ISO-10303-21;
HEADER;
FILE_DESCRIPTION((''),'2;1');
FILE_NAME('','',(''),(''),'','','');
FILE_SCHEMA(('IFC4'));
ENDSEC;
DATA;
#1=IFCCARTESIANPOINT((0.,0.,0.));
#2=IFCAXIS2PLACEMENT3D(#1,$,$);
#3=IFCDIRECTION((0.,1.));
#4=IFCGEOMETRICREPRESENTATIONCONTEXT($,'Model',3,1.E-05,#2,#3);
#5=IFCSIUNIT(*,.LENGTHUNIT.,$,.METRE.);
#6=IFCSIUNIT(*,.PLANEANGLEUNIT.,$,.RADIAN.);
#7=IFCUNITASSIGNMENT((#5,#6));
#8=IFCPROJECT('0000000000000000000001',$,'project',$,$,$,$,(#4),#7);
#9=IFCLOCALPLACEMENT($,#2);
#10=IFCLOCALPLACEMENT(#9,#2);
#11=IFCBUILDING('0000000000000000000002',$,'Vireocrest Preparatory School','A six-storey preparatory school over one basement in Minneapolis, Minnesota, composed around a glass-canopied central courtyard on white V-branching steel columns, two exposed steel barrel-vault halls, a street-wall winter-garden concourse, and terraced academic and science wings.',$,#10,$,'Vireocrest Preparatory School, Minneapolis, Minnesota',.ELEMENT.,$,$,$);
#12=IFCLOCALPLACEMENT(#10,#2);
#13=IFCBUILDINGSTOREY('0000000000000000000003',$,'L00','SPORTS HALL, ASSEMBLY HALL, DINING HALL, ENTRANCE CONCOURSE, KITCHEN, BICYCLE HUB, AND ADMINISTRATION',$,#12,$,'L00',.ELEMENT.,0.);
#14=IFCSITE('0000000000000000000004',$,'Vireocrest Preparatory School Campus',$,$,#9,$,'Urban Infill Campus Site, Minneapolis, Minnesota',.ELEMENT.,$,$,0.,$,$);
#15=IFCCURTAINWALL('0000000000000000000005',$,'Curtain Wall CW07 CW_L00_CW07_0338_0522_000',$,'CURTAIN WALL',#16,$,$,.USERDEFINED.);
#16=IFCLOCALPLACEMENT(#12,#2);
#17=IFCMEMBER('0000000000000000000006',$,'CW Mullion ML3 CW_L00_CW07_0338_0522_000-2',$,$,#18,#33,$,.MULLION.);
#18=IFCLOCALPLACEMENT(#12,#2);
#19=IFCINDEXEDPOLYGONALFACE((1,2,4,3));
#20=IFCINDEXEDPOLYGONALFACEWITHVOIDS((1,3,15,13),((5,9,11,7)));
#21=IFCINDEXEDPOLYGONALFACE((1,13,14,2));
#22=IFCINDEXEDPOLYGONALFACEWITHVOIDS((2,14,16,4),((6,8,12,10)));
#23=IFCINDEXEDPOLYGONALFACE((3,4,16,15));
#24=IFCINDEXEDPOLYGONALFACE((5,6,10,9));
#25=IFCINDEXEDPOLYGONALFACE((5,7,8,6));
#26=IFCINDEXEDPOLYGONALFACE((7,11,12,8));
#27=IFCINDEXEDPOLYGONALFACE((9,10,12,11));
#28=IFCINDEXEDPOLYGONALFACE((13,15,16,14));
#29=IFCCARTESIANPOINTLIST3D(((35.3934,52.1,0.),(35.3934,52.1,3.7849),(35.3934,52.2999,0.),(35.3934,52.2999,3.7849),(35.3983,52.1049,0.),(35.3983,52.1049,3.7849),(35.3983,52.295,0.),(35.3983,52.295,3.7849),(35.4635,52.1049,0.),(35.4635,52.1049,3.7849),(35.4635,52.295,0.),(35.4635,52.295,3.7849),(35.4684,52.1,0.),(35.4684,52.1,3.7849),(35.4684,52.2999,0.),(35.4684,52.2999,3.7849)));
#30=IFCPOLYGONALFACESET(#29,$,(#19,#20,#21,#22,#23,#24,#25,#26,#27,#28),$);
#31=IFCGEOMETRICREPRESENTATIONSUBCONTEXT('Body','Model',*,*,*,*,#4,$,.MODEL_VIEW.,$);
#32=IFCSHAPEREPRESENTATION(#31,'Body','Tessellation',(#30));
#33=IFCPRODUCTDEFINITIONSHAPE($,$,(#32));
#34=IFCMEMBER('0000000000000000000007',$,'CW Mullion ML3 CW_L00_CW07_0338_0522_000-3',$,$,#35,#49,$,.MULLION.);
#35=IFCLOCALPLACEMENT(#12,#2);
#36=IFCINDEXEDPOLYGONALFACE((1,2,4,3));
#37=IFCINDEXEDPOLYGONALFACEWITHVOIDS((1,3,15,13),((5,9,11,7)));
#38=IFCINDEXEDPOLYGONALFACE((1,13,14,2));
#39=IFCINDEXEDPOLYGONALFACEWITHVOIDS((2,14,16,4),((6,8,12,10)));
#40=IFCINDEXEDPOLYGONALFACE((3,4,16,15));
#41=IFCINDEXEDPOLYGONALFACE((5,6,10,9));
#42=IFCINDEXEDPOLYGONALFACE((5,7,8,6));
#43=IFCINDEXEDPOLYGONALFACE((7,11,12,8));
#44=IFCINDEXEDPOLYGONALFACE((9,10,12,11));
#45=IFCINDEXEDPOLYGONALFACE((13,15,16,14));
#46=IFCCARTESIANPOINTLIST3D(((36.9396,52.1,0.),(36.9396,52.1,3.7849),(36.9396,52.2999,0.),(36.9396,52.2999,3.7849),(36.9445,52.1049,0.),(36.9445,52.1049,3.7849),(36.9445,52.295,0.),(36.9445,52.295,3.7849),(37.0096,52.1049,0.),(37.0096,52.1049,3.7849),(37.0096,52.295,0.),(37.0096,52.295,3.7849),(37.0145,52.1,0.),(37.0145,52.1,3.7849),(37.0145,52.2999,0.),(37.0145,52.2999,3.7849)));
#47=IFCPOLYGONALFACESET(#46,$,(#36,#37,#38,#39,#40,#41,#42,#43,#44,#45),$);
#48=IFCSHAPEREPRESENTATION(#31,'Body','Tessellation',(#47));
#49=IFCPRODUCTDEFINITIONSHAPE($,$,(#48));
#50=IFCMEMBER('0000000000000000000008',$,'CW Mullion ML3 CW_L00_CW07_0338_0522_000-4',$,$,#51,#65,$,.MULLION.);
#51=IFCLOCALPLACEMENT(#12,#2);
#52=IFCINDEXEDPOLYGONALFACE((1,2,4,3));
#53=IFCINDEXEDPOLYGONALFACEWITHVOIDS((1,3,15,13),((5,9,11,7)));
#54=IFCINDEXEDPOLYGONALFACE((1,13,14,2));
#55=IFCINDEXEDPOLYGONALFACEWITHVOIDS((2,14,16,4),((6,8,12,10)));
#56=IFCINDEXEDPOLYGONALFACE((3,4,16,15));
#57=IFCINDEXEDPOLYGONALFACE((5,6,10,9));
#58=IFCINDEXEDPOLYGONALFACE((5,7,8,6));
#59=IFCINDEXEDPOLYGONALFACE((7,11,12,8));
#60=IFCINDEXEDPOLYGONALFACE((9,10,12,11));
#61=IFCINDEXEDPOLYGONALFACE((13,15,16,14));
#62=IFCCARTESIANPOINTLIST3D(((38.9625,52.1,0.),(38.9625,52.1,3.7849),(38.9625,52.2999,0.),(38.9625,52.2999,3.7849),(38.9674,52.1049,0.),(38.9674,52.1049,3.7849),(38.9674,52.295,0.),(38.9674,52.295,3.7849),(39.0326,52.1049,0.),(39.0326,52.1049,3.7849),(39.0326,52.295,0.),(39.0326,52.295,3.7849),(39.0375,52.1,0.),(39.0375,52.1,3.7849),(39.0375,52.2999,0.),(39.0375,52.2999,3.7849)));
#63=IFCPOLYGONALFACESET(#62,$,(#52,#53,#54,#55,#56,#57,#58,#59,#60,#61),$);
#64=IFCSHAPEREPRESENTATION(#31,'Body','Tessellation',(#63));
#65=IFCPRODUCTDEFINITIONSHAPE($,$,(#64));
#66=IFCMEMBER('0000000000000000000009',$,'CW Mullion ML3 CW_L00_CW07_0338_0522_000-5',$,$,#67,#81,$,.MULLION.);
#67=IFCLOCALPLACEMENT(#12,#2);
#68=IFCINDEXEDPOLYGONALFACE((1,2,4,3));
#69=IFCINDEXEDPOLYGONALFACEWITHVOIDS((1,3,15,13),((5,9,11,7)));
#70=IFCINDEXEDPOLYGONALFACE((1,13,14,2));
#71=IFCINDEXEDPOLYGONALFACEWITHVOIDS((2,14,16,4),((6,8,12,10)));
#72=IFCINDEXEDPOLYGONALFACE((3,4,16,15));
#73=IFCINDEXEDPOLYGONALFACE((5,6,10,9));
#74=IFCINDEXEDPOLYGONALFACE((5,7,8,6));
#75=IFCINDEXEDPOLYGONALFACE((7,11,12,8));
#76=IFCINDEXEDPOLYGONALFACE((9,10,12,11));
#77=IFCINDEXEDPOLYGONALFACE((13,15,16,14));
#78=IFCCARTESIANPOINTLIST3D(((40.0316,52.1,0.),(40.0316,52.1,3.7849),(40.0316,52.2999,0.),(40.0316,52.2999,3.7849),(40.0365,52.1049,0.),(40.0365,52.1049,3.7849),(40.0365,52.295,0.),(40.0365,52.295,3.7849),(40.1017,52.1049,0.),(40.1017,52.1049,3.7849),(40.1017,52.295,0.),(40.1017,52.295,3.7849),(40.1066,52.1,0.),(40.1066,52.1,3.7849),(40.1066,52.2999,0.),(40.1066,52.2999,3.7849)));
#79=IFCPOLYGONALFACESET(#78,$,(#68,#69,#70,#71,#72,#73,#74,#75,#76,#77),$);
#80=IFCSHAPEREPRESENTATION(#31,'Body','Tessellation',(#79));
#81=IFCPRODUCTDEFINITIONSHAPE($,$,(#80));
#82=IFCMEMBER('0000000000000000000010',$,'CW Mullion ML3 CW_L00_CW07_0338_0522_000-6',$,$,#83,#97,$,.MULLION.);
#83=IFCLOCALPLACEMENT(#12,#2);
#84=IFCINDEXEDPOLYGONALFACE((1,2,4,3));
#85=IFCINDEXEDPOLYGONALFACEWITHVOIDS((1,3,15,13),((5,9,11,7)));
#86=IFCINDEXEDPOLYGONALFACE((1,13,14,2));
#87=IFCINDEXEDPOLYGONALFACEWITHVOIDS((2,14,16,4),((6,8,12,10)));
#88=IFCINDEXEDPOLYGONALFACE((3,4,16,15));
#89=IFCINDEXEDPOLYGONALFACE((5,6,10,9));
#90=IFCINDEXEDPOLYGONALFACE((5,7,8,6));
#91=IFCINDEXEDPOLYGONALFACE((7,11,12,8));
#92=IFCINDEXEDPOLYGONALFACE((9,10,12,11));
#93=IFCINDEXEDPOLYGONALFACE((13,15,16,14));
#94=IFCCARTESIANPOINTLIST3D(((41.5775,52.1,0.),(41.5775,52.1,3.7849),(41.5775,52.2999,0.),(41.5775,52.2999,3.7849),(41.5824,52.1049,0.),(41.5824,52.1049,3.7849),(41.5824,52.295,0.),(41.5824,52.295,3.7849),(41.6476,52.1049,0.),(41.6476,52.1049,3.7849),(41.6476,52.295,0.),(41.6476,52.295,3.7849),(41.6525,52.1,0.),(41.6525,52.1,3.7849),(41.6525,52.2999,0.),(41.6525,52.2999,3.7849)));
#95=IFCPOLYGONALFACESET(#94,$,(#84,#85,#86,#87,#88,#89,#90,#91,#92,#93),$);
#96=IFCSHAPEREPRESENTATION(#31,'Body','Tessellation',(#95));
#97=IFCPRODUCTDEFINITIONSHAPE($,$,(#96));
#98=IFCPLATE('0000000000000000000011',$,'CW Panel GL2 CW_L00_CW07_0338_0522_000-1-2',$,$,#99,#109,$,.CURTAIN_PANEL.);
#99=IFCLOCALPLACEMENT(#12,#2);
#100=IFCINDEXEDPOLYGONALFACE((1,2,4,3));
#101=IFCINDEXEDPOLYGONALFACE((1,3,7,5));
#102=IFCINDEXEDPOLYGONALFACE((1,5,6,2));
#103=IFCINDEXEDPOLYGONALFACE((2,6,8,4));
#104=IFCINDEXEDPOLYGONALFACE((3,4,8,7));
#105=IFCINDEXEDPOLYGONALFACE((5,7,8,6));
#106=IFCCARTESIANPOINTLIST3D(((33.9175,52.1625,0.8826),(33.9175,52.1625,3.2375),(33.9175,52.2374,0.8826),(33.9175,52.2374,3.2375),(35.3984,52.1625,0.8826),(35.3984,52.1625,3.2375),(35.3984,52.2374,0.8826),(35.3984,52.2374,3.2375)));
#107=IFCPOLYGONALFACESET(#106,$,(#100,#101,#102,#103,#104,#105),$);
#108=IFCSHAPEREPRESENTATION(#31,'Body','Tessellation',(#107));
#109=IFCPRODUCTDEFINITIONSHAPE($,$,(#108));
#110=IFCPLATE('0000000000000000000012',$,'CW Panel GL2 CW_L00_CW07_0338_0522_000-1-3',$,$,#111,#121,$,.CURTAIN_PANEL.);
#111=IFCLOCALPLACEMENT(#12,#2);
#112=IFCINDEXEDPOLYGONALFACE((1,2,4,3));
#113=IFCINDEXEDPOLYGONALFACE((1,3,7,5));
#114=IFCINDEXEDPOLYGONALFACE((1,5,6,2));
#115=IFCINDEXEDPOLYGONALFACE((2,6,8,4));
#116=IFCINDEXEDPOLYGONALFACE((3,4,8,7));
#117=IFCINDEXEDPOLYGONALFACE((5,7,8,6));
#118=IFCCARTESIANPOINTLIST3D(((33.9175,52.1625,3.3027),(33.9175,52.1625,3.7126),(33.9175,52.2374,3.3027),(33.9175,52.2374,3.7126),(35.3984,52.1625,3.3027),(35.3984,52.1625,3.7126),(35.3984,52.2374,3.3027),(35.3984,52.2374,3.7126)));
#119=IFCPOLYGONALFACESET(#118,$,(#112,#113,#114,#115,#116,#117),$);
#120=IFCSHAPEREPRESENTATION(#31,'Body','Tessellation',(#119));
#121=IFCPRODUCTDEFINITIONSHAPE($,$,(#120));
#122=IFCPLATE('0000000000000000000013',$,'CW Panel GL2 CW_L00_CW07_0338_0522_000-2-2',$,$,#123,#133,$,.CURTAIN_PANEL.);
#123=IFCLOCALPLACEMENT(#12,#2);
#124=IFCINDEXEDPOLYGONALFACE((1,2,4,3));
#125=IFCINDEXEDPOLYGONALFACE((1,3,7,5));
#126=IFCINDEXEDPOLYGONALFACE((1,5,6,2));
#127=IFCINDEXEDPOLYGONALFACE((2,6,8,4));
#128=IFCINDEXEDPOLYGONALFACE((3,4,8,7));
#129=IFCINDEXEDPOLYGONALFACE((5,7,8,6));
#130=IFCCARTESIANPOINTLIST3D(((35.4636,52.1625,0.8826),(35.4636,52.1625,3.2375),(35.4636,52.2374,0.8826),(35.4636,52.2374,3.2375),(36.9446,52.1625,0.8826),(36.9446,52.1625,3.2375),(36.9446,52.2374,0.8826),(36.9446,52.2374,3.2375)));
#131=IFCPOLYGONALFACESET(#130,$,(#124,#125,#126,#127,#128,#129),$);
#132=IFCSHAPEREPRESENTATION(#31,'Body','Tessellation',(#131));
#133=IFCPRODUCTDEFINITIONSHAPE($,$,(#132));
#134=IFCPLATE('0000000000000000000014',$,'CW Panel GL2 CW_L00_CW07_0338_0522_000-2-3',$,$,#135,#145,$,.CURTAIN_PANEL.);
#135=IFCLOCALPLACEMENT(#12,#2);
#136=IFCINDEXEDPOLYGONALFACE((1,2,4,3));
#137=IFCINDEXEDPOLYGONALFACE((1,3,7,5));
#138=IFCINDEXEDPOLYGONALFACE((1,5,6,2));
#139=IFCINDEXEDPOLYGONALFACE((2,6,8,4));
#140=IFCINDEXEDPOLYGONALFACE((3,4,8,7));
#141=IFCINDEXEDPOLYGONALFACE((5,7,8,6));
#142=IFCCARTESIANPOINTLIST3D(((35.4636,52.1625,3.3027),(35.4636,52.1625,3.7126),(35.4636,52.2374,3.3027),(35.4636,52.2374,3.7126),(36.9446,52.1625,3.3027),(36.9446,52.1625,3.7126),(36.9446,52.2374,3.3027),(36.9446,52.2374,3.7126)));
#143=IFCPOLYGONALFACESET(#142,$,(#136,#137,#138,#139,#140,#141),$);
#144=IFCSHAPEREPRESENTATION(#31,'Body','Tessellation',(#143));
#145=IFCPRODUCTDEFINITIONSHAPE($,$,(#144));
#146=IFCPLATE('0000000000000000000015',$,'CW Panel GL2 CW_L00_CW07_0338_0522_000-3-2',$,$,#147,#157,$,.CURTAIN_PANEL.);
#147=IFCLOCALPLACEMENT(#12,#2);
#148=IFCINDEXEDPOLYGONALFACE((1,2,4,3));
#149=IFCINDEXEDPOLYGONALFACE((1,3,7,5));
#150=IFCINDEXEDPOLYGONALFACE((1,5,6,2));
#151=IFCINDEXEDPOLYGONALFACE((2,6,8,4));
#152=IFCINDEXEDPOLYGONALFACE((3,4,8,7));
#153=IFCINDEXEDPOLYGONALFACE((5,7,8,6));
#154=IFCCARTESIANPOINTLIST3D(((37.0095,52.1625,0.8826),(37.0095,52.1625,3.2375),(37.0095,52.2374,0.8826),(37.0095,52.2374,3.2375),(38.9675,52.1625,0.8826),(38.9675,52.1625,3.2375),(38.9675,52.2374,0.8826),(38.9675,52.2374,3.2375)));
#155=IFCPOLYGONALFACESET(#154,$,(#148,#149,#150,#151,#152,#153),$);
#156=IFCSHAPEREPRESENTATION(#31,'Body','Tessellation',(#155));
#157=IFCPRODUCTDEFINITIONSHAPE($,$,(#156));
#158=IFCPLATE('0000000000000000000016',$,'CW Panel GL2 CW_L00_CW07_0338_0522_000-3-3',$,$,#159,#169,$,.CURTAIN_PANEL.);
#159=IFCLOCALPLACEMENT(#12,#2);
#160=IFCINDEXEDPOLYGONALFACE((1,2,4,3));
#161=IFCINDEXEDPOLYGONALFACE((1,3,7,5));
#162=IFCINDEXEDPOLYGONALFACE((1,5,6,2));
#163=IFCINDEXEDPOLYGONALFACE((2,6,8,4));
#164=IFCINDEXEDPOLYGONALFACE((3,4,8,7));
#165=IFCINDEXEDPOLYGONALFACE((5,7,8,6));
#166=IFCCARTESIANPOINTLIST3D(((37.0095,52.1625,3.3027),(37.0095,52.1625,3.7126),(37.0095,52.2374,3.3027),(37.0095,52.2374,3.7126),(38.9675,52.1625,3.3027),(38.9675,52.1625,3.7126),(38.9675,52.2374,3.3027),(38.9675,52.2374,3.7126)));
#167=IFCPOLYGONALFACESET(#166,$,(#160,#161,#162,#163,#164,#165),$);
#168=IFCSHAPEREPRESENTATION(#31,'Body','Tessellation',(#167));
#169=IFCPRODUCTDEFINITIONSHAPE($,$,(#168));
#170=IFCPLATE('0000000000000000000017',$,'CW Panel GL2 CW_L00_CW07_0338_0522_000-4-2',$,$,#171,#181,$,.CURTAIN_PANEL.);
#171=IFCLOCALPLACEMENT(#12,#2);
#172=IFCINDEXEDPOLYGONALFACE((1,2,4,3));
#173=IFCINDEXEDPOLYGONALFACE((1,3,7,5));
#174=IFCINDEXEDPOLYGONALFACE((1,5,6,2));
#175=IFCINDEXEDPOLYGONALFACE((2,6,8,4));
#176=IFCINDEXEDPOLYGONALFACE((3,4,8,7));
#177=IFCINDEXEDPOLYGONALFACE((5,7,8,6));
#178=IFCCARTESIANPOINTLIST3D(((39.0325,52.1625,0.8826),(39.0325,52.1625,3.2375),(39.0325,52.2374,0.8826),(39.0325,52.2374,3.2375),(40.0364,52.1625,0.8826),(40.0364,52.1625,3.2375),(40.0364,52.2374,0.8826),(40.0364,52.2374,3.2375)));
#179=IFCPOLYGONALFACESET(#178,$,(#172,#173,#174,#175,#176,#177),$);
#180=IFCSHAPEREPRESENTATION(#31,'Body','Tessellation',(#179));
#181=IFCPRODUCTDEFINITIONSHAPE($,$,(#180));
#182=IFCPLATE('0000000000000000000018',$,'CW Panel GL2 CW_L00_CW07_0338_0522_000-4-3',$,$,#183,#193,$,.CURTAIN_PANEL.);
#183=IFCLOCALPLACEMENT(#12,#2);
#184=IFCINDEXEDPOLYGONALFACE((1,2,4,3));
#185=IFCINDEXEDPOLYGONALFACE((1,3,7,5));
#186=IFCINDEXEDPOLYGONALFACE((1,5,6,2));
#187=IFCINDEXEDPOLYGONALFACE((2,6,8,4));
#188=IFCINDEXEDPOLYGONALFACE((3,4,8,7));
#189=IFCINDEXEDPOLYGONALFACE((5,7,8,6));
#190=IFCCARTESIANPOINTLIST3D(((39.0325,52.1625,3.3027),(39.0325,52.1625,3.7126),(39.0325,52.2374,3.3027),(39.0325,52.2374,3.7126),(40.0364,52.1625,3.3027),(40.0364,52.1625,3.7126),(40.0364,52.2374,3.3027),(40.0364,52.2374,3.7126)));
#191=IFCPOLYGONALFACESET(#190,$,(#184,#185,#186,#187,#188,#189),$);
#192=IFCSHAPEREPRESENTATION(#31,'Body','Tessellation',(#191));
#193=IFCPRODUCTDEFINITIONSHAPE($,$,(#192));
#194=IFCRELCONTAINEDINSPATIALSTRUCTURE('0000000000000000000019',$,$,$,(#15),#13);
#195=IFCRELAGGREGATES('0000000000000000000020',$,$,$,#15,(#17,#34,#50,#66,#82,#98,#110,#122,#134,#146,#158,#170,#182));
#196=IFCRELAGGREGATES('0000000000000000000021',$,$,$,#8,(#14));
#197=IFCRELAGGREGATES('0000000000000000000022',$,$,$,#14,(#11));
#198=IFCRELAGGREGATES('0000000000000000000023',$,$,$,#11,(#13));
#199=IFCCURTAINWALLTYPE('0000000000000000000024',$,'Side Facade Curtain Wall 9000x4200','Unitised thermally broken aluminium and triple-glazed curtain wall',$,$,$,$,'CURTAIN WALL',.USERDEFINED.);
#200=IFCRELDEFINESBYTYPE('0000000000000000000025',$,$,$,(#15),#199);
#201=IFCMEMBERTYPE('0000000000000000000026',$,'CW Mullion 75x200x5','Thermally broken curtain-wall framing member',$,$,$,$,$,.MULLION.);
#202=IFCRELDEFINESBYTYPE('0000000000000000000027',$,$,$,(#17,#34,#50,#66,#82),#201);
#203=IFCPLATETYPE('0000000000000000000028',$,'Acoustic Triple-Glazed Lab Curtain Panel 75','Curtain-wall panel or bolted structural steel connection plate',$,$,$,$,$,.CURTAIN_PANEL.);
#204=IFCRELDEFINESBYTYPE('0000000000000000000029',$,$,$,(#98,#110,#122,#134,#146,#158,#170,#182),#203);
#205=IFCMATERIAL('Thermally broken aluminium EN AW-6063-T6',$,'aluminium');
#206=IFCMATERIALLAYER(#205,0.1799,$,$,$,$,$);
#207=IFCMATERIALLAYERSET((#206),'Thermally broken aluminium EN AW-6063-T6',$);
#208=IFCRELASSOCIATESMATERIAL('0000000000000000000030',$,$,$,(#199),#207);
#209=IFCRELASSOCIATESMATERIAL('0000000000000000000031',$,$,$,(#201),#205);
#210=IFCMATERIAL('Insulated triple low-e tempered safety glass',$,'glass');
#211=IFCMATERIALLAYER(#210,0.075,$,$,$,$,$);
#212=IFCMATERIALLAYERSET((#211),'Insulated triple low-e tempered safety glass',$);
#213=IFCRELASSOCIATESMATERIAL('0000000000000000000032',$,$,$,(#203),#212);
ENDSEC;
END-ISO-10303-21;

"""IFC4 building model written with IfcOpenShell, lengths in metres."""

from ifc_helpers import new_model, si_unit, direction, frame, origin, origin_2d, place, context, subcontext, project, spatial, rectangle, hollow_rectangle, extrude, material, layer, layer_set, material_profile, profile_set, type_object, element, aggregate, save


model = new_model("IFC4")

# Units and contexts
model_context = context("Model", 3, precision=1e-05, world=origin(), true_north=direction((0.0, 1.0)))
body_context = subcontext(model_context, "Body", "Model", "MODEL_VIEW")
ifc_project = project(units=[si_unit("LENGTHUNIT", "METRE"), si_unit("PLANEANGLEUNIT", "RADIAN")], contexts=[model_context])

# Site, building, storey
site_placement = place(None, origin())
site = spatial("IfcSite", under=ifc_project, at=site_placement, Name="Vireocrest Preparatory School Campus", LongName="Urban Infill Campus Site, Minneapolis, Minnesota", CompositionType="ELEMENT", RefElevation=0.0)
building_placement = place(site_placement, origin())
building = spatial("IfcBuilding", under=site, at=building_placement, Name="Vireocrest Preparatory School", Description="A six-storey preparatory school over one basement in Minneapolis, Minnesota, composed around a glass-canopied central courtyard on white V-branching steel columns, two exposed steel barrel-vault halls, a street-wall winter-garden concourse, and terraced academic and science wings.", LongName="Vireocrest Preparatory School, Minneapolis, Minnesota", CompositionType="ELEMENT")
storey_placement = place(building_placement, origin())
storey = spatial("IfcBuildingStorey", under=building, at=storey_placement, Name="L00", Description="SPORTS HALL, ASSEMBLY HALL, DINING HALL, ENTRANCE CONCOURSE, KITCHEN, BICYCLE HUB, AND ADMINISTRATION", LongName="L00", CompositionType="ELEMENT", Elevation=0.0)

# Curtain wall, members, plates
ifc_material_1 = material(Name="Thermally broken aluminium EN AW-6063-T6", Category="aluminium")
ifc_layer_1 = layer(ifc_material_1, 0.1799)
ifc_layer_set_1 = layer_set([ifc_layer_1], Name="Thermally broken aluminium EN AW-6063-T6")
curtain_wall_type = type_object("IfcCurtainWallType", Name="Side Facade Curtain Wall 9000x4200", Description="Unitised thermally broken aluminium and triple-glazed curtain wall", ElementType="CURTAIN WALL", PredefinedType="USERDEFINED", material=ifc_layer_set_1)
curtain_wall_placement = place(storey_placement, origin())
curtain_wall = element("IfcCurtainWall", 1, at=curtain_wall_placement, inside=storey, type_object=curtain_wall_type, Name="Curtain Wall CW07 CW_L00_CW07_0338_0522_000", ObjectType="CURTAIN WALL", PredefinedType="USERDEFINED")
ifc_material_profile_1 = material_profile(ifc_material_1, hollow_rectangle(XDim=0.075, YDim=0.2, WallThickness=0.0049, at=origin_2d()), Name="ALU 75x200x5")
ifc_profile_set_1 = profile_set([ifc_material_profile_1], Name="Thermally broken aluminium EN AW-6063-T6")
member_type = type_object("IfcMemberType", Name="CW Mullion 75x200x5", Description="Thermally broken curtain-wall framing member", PredefinedType="MULLION", material=ifc_profile_set_1)
member_1_placement = place(storey_placement, frame((35.4309, 52.2, 0.0), z_axis=(0.0, 0.0, 1.0), x_axis=(1.0, 0.0, 0.0)))
member_1 = element("IfcMember", 2, at=member_1_placement, type_object=member_type, Name="CW Mullion ML3 CW_L00_CW07_0338_0522_000-2", PredefinedType="MULLION", context=body_context, shape_type="SweptSolid", body=[
    extrude(hollow_rectangle(XDim=0.075, YDim=0.2, WallThickness=0.0049, at=origin_2d()), origin(), (0.0, 0.0, 1.0), 3.7849),
])
member_2_placement = place(storey_placement, frame((36.9771, 52.2, 0.0), z_axis=(0.0, 0.0, 1.0), x_axis=(1.0, 0.0, 0.0)))
member_2 = element("IfcMember", 3, at=member_2_placement, type_object=member_type, Name="CW Mullion ML3 CW_L00_CW07_0338_0522_000-3", PredefinedType="MULLION", context=body_context, shape_type="SweptSolid", body=[
    extrude(hollow_rectangle(XDim=0.075, YDim=0.2, WallThickness=0.0049, at=origin_2d()), origin(), (0.0, 0.0, 1.0), 3.7849),
])
member_3_placement = place(storey_placement, frame((39.0, 52.2, 0.0), z_axis=(0.0, 0.0, 1.0), x_axis=(1.0, 0.0, 0.0)))
member_3 = element("IfcMember", 4, at=member_3_placement, type_object=member_type, Name="CW Mullion ML3 CW_L00_CW07_0338_0522_000-4", PredefinedType="MULLION", context=body_context, shape_type="SweptSolid", body=[
    extrude(hollow_rectangle(XDim=0.075, YDim=0.2, WallThickness=0.0049, at=origin_2d()), origin(), (0.0, 0.0, 1.0), 3.7849),
])
member_4_placement = place(storey_placement, frame((40.0691, 52.2, 0.0), z_axis=(0.0, 0.0, 1.0), x_axis=(1.0, 0.0, 0.0)))
member_4 = element("IfcMember", 5, at=member_4_placement, type_object=member_type, Name="CW Mullion ML3 CW_L00_CW07_0338_0522_000-5", PredefinedType="MULLION", context=body_context, shape_type="SweptSolid", body=[
    extrude(hollow_rectangle(XDim=0.075, YDim=0.2, WallThickness=0.0049, at=origin_2d()), origin(), (0.0, 0.0, 1.0), 3.7849),
])
member_5_placement = place(storey_placement, frame((41.615, 52.2, 0.0), z_axis=(0.0, 0.0, 1.0), x_axis=(1.0, 0.0, 0.0)))
member_5 = element("IfcMember", 6, at=member_5_placement, type_object=member_type, Name="CW Mullion ML3 CW_L00_CW07_0338_0522_000-6", PredefinedType="MULLION", context=body_context, shape_type="SweptSolid", body=[
    extrude(hollow_rectangle(XDim=0.075, YDim=0.2, WallThickness=0.0049, at=origin_2d()), origin(), (0.0, 0.0, 1.0), 3.7849),
])
ifc_material_2 = material(Name="Insulated triple low-e tempered safety glass", Category="glass")
ifc_layer_2 = layer(ifc_material_2, 0.075)
ifc_layer_set_2 = layer_set([ifc_layer_2], Name="Insulated triple low-e tempered safety glass")
plate_type_1 = type_object("IfcPlateType", Name="Acoustic Triple-Glazed Lab Curtain Panel 75", Description="Curtain-wall panel or bolted structural steel connection plate", PredefinedType="CURTAIN_PANEL", material=ifc_layer_set_2)
plate_1_placement = place(storey_placement, frame((34.658, 52.2, 0.8826), z_axis=(0.0, 0.0, 1.0), x_axis=(1.0, 0.0, 0.0)))
plate_1 = element("IfcPlate", 7, at=plate_1_placement, type_object=plate_type_1, Name="CW Panel GL2 CW_L00_CW07_0338_0522_000-1-2", PredefinedType="CURTAIN_PANEL", context=body_context, shape_type="SweptSolid", body=[
    extrude(rectangle(XDim=1.481, YDim=0.075, at=origin_2d()), origin(), (0.0, 0.0, 1.0), 2.355),
])
plate_2_placement = place(storey_placement, frame((34.658, 52.2, 3.3027), z_axis=(0.0, 0.0, 1.0), x_axis=(1.0, 0.0, 0.0)))
plate_2 = element("IfcPlate", 8, at=plate_2_placement, type_object=plate_type_1, Name="CW Panel GL2 CW_L00_CW07_0338_0522_000-1-3", PredefinedType="CURTAIN_PANEL", context=body_context, shape_type="SweptSolid", body=[
    extrude(rectangle(XDim=1.481, YDim=0.075, at=origin_2d()), origin(), (0.0, 0.0, 1.0), 0.4099),
])
plate_3_placement = place(storey_placement, frame((36.2041, 52.2, 0.8826), z_axis=(0.0, 0.0, 1.0), x_axis=(1.0, 0.0, 0.0)))
plate_3 = element("IfcPlate", 9, at=plate_3_placement, type_object=plate_type_1, Name="CW Panel GL2 CW_L00_CW07_0338_0522_000-2-2", PredefinedType="CURTAIN_PANEL", context=body_context, shape_type="SweptSolid", body=[
    extrude(rectangle(XDim=1.481, YDim=0.075, at=origin_2d()), origin(), (0.0, 0.0, 1.0), 2.355),
])
plate_4_placement = place(storey_placement, frame((36.2041, 52.2, 3.3027), z_axis=(0.0, 0.0, 1.0), x_axis=(1.0, 0.0, 0.0)))
plate_4 = element("IfcPlate", 10, at=plate_4_placement, type_object=plate_type_1, Name="CW Panel GL2 CW_L00_CW07_0338_0522_000-2-3", PredefinedType="CURTAIN_PANEL", context=body_context, shape_type="SweptSolid", body=[
    extrude(rectangle(XDim=1.481, YDim=0.075, at=origin_2d()), origin(), (0.0, 0.0, 1.0), 0.4099),
])
plate_5_placement = place(storey_placement, frame((37.9885, 52.2, 0.8826), z_axis=(0.0, 0.0, 1.0), x_axis=(1.0, 0.0, 0.0)))
plate_5 = element("IfcPlate", 11, at=plate_5_placement, type_object=plate_type_1, Name="CW Panel GL2 CW_L00_CW07_0338_0522_000-3-2", PredefinedType="CURTAIN_PANEL", context=body_context, shape_type="SweptSolid", body=[
    extrude(rectangle(XDim=1.958, YDim=0.075, at=origin_2d()), origin(), (0.0, 0.0, 1.0), 2.355),
])
plate_6_placement = place(storey_placement, frame((37.9885, 52.2, 3.3027), z_axis=(0.0, 0.0, 1.0), x_axis=(1.0, 0.0, 0.0)))
plate_6 = element("IfcPlate", 12, at=plate_6_placement, type_object=plate_type_1, Name="CW Panel GL2 CW_L00_CW07_0338_0522_000-3-3", PredefinedType="CURTAIN_PANEL", context=body_context, shape_type="SweptSolid", body=[
    extrude(rectangle(XDim=1.958, YDim=0.075, at=origin_2d()), origin(), (0.0, 0.0, 1.0), 0.4099),
])
plate_7_placement = place(storey_placement, frame((39.5344, 52.2, 0.8826), z_axis=(0.0, 0.0, 1.0), x_axis=(1.0, 0.0, 0.0)))
plate_7 = element("IfcPlate", 13, at=plate_7_placement, type_object=plate_type_1, Name="CW Panel GL2 CW_L00_CW07_0338_0522_000-4-2", PredefinedType="CURTAIN_PANEL", context=body_context, shape_type="SweptSolid", body=[
    extrude(rectangle(XDim=1.0039, YDim=0.075, at=origin_2d()), origin(), (0.0, 0.0, 1.0), 2.355),
])
plate_8_placement = place(storey_placement, frame((39.5344, 52.2, 3.3027), z_axis=(0.0, 0.0, 1.0), x_axis=(1.0, 0.0, 0.0)))
plate_8 = element("IfcPlate", 14, at=plate_8_placement, type_object=plate_type_1, Name="CW Panel GL2 CW_L00_CW07_0338_0522_000-4-3", PredefinedType="CURTAIN_PANEL", context=body_context, shape_type="SweptSolid", body=[
    extrude(rectangle(XDim=1.0039, YDim=0.075, at=origin_2d()), origin(), (0.0, 0.0, 1.0), 0.4099),
])
aggregate(curtain_wall, [member_1, member_2, member_3, member_4, member_5, plate_1, plate_2, plate_3, plate_4, plate_5, plate_6, plate_7, plate_8])

save(model, "model.ifc")
